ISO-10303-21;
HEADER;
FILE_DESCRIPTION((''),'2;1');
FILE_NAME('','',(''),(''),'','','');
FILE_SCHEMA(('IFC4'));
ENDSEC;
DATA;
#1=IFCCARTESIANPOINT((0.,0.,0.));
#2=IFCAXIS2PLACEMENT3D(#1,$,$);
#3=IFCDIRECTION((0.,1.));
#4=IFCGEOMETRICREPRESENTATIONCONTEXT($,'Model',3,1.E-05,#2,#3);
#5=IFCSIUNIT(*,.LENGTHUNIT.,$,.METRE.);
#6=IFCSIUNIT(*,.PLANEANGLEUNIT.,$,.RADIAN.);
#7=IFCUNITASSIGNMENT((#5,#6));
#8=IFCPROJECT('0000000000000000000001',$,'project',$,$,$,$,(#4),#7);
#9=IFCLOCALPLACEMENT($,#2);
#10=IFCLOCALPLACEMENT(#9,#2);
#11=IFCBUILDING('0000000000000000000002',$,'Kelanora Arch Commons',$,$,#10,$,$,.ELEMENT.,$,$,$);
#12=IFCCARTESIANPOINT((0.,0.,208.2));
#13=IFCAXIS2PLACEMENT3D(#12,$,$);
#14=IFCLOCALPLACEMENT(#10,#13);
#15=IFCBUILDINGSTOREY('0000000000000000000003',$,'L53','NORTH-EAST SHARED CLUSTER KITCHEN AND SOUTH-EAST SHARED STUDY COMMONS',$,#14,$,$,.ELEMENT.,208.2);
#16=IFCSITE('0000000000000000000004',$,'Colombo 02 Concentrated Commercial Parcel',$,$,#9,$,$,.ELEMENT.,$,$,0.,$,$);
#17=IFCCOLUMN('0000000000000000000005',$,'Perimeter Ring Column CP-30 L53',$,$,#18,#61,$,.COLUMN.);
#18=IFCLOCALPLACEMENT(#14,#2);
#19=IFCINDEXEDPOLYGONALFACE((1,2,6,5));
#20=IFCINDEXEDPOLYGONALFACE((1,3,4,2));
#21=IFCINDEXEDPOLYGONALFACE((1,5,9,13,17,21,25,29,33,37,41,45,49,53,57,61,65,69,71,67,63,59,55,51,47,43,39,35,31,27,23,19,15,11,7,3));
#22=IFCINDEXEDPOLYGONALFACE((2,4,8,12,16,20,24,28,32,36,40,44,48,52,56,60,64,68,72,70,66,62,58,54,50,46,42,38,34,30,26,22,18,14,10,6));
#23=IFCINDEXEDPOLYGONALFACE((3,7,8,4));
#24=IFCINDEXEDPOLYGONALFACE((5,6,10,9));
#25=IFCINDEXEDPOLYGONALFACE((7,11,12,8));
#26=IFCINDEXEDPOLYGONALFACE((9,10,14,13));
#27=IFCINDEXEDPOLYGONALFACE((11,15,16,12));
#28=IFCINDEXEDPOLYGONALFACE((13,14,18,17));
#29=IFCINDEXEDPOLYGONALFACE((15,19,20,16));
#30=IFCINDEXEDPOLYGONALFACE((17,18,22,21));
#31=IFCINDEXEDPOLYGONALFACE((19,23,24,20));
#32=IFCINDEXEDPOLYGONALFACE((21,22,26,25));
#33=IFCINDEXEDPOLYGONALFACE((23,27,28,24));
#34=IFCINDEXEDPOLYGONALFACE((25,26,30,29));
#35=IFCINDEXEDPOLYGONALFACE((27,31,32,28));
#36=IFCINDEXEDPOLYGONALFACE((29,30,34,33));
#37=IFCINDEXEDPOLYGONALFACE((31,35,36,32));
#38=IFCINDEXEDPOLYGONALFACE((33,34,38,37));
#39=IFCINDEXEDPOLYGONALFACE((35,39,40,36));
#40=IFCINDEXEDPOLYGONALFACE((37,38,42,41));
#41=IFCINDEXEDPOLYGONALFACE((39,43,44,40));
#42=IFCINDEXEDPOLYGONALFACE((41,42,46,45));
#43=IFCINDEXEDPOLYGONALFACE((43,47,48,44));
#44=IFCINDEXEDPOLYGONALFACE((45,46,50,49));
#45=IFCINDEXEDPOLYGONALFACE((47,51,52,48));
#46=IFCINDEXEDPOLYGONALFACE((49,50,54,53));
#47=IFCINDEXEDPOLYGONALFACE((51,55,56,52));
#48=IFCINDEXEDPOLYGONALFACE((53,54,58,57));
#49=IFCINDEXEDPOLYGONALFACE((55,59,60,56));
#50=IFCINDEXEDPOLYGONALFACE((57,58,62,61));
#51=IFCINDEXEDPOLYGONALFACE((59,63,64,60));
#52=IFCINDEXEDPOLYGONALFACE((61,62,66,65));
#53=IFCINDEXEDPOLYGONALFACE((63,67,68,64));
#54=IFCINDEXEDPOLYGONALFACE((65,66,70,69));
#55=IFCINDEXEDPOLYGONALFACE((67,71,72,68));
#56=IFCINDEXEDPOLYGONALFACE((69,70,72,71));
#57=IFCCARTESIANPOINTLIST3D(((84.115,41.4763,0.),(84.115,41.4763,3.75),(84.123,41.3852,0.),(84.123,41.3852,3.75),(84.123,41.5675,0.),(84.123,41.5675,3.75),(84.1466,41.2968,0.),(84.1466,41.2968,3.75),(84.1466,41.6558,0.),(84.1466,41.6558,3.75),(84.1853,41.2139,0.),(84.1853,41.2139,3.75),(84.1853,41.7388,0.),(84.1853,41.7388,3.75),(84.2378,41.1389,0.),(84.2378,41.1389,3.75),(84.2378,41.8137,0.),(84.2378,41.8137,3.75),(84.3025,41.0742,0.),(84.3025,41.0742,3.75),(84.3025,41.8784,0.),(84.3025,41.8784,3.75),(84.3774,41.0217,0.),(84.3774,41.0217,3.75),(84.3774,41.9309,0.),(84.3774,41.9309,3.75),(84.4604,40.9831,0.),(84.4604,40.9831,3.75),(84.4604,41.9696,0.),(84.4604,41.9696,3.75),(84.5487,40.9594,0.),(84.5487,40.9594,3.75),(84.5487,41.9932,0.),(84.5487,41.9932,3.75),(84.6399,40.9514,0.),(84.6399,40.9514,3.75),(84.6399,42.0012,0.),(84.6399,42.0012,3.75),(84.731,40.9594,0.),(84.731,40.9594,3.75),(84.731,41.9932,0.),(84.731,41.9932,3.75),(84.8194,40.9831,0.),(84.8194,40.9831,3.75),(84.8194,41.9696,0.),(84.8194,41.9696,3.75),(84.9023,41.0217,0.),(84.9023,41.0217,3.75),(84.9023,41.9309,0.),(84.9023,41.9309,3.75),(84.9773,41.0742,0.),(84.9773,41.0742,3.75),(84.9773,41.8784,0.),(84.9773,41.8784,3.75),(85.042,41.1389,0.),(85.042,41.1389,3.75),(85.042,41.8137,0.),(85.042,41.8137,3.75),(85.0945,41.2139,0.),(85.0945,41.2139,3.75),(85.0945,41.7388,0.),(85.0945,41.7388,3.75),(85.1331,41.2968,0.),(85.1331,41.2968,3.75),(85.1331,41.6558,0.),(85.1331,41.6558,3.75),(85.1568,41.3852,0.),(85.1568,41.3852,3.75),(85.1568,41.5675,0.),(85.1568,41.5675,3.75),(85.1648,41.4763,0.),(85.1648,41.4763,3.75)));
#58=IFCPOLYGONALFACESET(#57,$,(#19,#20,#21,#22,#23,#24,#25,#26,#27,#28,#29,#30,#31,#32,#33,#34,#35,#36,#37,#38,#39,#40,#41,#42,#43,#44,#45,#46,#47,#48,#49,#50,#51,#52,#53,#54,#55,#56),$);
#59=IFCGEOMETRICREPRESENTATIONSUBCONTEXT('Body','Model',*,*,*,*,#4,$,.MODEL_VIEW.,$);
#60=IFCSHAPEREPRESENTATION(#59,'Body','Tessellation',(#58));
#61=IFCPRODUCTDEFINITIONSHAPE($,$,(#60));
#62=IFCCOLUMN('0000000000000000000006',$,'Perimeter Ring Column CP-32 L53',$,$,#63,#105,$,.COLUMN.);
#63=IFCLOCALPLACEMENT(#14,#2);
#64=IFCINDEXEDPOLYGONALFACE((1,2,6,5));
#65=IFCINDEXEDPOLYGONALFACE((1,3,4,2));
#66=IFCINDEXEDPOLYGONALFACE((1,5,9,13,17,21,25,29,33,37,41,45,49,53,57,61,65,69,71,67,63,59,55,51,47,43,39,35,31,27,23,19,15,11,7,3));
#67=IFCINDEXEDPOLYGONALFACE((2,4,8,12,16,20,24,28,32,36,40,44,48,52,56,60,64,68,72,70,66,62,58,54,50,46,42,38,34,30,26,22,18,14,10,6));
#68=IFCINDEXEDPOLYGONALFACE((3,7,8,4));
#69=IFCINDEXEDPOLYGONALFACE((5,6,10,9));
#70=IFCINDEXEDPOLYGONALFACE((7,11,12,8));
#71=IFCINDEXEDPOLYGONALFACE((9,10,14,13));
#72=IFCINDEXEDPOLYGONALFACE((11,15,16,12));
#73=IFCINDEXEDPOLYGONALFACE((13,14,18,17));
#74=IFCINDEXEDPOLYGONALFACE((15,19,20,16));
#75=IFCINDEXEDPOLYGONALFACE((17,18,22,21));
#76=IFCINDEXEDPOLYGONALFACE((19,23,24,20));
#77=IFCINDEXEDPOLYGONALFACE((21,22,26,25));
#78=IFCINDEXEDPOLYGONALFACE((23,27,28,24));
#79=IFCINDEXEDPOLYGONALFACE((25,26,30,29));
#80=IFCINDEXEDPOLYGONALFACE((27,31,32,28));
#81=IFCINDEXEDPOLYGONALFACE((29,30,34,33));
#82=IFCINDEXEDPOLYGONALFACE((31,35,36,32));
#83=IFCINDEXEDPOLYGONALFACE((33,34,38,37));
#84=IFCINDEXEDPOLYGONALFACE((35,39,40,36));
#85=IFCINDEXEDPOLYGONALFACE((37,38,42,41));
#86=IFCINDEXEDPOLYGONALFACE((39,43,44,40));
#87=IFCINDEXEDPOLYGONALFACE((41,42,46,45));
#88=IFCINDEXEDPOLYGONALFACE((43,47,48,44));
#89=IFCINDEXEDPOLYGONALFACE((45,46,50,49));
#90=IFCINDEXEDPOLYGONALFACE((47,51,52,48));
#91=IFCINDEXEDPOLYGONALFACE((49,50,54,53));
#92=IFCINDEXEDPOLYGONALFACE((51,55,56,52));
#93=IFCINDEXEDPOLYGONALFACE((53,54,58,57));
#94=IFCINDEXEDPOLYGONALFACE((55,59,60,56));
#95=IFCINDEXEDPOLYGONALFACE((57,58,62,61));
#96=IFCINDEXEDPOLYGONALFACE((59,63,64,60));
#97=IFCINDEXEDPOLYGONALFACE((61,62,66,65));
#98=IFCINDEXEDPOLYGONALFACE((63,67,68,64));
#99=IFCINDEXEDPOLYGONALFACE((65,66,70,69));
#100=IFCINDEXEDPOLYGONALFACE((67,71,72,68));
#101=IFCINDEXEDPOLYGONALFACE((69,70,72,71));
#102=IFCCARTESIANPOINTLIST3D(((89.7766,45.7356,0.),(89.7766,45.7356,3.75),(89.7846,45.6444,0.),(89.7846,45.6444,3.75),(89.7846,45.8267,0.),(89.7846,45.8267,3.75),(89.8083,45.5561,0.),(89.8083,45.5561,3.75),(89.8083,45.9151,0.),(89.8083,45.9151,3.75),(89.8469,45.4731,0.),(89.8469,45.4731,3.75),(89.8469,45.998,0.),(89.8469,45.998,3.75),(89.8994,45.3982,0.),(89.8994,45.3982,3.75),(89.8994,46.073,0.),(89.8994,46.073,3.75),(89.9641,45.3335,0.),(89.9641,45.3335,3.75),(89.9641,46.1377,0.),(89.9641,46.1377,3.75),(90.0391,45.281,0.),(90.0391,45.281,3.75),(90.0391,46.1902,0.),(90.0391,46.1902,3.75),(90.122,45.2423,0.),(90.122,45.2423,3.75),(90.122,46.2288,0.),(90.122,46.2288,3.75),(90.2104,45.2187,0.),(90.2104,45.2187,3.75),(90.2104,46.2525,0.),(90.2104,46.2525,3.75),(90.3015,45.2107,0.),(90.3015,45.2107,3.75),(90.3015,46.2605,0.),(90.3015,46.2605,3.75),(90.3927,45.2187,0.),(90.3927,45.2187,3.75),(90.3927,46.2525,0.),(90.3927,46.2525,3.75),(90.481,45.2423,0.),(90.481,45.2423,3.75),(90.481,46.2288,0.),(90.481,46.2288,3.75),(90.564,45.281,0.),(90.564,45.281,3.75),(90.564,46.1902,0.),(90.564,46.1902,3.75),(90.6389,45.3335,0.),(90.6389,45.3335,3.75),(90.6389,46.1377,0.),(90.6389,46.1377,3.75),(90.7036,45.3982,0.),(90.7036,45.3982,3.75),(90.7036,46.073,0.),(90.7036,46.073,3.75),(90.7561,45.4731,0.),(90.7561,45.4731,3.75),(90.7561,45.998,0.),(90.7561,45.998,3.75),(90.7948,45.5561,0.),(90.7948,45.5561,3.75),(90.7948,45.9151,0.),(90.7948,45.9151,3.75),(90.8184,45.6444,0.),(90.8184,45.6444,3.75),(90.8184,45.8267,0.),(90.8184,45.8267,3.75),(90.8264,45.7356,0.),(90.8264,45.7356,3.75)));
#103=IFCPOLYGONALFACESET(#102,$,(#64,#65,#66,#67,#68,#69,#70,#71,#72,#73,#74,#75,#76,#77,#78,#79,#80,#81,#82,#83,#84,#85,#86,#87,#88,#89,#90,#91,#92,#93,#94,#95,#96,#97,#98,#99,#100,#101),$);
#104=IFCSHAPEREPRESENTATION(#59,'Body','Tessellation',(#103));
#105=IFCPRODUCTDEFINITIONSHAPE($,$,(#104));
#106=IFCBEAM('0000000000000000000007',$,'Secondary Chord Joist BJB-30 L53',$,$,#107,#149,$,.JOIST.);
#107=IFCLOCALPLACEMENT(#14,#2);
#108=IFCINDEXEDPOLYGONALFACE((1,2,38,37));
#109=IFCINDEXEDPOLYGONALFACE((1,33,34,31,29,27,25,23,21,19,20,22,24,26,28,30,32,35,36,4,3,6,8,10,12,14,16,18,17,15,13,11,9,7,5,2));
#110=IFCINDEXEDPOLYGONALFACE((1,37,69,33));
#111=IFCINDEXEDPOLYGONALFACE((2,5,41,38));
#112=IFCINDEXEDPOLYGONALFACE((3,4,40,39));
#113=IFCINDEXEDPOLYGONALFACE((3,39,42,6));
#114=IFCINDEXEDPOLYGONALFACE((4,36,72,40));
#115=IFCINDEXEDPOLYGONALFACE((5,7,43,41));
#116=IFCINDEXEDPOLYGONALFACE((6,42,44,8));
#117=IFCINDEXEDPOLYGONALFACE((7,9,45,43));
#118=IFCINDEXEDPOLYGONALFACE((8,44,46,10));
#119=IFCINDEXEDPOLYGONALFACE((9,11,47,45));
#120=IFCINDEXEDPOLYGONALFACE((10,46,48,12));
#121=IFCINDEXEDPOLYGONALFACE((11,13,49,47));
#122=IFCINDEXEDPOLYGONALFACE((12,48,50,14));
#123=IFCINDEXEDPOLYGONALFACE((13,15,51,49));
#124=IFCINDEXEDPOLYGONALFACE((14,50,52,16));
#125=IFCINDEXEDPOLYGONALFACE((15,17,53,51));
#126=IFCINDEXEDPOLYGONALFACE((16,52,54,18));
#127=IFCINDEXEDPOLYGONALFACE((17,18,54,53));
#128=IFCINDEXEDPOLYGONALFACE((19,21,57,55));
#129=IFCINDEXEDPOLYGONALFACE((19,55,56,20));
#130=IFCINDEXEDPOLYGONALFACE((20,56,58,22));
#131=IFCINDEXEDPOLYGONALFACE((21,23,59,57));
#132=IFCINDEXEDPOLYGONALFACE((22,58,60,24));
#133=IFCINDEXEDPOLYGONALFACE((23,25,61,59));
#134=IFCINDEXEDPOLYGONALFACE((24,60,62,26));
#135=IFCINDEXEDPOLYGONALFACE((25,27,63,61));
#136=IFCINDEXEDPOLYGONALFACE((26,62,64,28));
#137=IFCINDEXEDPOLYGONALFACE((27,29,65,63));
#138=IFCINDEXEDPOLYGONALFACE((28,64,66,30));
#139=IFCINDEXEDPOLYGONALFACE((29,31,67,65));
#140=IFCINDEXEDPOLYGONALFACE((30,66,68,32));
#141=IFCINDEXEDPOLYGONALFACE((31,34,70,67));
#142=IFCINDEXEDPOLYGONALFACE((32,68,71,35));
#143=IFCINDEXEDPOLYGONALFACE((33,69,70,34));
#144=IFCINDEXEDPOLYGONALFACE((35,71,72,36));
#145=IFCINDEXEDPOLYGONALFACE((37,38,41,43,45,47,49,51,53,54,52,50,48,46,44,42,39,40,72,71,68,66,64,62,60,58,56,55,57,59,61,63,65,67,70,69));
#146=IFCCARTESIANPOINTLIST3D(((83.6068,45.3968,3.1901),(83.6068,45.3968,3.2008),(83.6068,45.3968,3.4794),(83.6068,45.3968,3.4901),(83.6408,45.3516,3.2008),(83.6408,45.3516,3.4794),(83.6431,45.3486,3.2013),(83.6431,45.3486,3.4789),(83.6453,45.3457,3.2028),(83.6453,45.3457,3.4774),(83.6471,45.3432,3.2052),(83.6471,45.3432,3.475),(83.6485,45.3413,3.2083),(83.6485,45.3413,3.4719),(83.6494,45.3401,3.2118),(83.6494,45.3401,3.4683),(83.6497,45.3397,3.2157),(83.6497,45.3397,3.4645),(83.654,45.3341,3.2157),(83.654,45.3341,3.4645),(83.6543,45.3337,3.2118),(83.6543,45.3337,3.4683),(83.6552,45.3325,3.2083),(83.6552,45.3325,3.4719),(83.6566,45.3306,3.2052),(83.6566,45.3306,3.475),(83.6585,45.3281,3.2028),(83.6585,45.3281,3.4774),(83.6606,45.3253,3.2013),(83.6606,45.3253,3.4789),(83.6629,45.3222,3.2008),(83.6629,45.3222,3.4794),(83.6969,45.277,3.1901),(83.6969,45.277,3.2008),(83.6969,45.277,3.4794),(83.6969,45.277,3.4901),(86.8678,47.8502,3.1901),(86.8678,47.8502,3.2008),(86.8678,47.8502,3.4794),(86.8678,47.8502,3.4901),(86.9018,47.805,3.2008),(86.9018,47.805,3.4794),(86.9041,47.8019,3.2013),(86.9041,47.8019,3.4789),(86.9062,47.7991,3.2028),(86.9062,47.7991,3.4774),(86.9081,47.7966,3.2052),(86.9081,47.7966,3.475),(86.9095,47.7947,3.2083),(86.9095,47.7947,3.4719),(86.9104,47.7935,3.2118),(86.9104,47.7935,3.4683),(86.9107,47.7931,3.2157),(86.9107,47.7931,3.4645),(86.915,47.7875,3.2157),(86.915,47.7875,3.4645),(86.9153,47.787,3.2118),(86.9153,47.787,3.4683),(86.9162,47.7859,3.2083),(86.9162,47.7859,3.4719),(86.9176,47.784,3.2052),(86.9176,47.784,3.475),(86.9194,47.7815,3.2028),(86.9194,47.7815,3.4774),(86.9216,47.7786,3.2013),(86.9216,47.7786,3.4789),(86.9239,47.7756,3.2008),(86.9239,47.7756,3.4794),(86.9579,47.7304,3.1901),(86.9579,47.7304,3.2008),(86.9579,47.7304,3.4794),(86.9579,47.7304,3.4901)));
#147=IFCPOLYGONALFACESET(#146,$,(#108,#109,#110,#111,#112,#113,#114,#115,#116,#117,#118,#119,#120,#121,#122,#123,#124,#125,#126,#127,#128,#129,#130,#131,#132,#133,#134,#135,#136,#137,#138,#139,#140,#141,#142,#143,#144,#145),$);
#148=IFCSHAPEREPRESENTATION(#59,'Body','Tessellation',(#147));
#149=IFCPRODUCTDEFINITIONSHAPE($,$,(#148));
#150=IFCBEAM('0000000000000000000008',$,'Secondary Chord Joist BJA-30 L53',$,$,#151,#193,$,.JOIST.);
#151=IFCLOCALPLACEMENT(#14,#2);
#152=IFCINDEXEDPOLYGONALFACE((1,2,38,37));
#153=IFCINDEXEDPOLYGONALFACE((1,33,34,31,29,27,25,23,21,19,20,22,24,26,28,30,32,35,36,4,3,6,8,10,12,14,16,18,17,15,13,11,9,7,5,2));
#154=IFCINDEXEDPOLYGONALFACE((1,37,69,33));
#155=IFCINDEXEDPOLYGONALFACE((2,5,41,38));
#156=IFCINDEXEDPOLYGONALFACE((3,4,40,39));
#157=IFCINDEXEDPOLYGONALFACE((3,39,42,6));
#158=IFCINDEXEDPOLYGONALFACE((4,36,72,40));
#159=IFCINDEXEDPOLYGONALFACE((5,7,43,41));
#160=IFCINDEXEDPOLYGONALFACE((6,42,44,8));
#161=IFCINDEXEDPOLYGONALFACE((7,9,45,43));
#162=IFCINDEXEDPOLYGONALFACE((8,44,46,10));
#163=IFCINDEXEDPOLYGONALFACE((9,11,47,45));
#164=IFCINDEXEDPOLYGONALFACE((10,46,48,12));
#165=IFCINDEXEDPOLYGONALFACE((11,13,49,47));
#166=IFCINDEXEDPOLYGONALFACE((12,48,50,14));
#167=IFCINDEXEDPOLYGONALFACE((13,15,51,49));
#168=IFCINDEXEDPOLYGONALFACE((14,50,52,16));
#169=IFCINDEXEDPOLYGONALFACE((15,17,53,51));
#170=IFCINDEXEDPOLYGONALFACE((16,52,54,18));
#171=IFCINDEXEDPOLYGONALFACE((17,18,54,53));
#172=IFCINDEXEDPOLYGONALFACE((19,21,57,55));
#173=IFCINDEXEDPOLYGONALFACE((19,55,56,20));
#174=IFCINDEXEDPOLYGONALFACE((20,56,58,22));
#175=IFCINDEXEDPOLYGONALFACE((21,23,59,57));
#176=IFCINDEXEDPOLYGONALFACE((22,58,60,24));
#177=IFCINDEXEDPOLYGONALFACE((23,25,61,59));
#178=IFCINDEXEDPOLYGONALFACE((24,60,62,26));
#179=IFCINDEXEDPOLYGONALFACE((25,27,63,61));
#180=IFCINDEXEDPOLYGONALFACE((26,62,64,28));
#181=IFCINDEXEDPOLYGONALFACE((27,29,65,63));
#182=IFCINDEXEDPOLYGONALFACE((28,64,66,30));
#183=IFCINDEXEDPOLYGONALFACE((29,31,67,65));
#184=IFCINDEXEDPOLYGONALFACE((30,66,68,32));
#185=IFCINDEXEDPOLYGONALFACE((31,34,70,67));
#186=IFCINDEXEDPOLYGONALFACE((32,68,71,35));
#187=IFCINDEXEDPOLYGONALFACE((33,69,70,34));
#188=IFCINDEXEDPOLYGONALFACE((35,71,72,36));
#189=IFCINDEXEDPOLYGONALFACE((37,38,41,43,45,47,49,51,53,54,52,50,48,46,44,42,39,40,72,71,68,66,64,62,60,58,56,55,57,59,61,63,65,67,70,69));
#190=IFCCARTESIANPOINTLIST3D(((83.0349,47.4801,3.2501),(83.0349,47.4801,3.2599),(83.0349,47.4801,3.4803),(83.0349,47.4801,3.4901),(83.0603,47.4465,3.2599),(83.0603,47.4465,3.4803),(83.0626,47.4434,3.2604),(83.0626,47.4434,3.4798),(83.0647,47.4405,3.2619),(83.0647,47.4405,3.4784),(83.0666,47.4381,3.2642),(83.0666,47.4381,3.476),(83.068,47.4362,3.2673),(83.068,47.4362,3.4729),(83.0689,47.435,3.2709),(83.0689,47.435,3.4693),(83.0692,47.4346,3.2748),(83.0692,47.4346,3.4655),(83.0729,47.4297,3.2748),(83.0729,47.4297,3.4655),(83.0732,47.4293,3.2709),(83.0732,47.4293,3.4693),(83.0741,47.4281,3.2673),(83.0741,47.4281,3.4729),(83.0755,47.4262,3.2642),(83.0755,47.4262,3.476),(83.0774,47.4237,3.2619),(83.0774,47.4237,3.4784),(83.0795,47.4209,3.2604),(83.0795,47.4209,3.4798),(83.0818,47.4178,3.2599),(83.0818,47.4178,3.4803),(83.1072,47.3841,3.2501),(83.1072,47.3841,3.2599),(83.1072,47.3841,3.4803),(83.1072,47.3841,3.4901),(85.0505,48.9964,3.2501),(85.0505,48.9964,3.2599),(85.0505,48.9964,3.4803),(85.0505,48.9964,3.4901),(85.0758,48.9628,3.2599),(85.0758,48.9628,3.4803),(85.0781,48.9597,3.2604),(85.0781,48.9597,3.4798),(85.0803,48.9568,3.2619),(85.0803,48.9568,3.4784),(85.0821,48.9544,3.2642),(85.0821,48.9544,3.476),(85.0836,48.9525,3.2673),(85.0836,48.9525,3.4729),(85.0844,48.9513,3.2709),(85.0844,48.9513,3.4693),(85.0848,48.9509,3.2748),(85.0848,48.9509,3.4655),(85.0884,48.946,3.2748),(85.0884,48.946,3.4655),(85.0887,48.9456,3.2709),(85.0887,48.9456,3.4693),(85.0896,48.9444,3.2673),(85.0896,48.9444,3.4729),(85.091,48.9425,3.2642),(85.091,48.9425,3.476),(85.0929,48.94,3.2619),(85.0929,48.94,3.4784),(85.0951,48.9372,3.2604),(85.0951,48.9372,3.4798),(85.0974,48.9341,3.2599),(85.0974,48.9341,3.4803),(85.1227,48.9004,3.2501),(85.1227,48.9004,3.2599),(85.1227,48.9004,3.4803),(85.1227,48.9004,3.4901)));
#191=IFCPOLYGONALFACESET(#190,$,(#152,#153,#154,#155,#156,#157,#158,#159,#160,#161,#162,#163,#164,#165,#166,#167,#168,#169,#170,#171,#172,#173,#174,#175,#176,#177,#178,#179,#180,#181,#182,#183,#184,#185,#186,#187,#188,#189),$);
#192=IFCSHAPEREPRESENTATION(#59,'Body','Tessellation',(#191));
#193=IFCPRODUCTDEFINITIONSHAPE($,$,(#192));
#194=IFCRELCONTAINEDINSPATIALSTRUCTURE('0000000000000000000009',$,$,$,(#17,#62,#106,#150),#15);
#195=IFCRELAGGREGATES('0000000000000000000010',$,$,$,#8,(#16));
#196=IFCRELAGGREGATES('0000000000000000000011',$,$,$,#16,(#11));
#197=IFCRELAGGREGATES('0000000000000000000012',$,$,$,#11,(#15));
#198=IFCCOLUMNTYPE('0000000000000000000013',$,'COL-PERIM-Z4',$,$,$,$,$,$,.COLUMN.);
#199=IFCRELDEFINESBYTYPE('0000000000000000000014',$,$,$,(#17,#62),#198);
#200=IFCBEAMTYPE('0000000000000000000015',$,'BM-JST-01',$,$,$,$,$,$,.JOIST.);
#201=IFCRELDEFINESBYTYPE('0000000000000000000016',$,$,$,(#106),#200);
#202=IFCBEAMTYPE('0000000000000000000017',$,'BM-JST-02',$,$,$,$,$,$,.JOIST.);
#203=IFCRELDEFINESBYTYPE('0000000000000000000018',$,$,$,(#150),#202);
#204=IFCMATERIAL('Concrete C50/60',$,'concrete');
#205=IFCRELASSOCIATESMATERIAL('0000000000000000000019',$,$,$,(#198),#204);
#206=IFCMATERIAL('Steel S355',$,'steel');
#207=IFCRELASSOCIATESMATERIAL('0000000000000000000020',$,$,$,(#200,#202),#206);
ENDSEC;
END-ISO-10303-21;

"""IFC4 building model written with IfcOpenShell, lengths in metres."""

from ifc_helpers import new_model, si_unit, direction, frame, origin, origin_2d, place, context, subcontext, project, spatial, circle, i_section, extrude, material, material_profile, profile_set, type_object, element, save


model = new_model("IFC4")

# Units and contexts
model_context = context("Model", 3, precision=1e-05, world=origin(), true_north=direction((0.0, 1.0)))
body_context = subcontext(model_context, "Body", "Model", "MODEL_VIEW")
ifc_project = project(units=[si_unit("LENGTHUNIT", "METRE"), si_unit("PLANEANGLEUNIT", "RADIAN")], contexts=[model_context])

# Site, building, storey
site_placement = place(None, origin())
site = spatial("IfcSite", under=ifc_project, at=site_placement, Name="Colombo 02 Concentrated Commercial Parcel", CompositionType="ELEMENT", RefElevation=0.0)
building_placement = place(site_placement, origin())
building = spatial("IfcBuilding", under=site, at=building_placement, Name="Kelanora Arch Commons", CompositionType="ELEMENT")
storey_placement = place(building_placement, frame((0.0, 0.0, 208.2)))
storey = spatial("IfcBuildingStorey", under=building, at=storey_placement, Name="L53", Description="NORTH-EAST SHARED CLUSTER KITCHEN AND SOUTH-EAST SHARED STUDY COMMONS", CompositionType="ELEMENT", Elevation=208.2)

# Columns
ifc_material_1 = material(Name="Concrete C50/60", Category="concrete")
ifc_material_profile_1 = material_profile(ifc_material_1, circle(Radius=0.5249, at=origin_2d()), Name="RCC1050")
ifc_profile_set_1 = profile_set([ifc_material_profile_1], Name="Concrete C50/60")
column_type = type_object("IfcColumnType", Name="COL-PERIM-Z4", PredefinedType="COLUMN", material=ifc_profile_set_1)
for number, where, z_axis, x_axis, name in (
    (1, (84.6399, 41.4763, 0.0), (0.0, 0.0, 1.0), (1.0, 0.0, 0.0), "Perimeter Ring Column CP-30 L53"),
    (2, (90.3015, 45.7356, 0.0), (0.0, 0.0, 1.0), (1.0, 0.0, 0.0), "Perimeter Ring Column CP-32 L53"),
):
    element("IfcColumn", number, at=place(storey_placement, frame(where, z_axis=z_axis, x_axis=x_axis)), inside=storey, type_object=column_type, Name=name, PredefinedType="COLUMN", context=body_context, shape_type="SweptSolid", body=[
        extrude(circle(Radius=0.5249, at=origin_2d()), origin(), (0.0, 0.0, 1.0), 3.75),
    ])

# Beams
ifc_material_2 = material(Name="Steel S355", Category="steel")
ifc_material_profile_2 = material_profile(ifc_material_2, i_section(OverallWidth=0.1499, OverallDepth=0.3, WebThickness=0.0071, FlangeThickness=0.0107, FilletRadius=0.0149, at=origin_2d()), Name="IPE300")
ifc_profile_set_2 = profile_set([ifc_material_profile_2], Name="Steel S355")
beam_type_1 = type_object("IfcBeamType", Name="BM-JST-01", PredefinedType="JOIST", material=ifc_profile_set_2)
beam_1_placement = place(storey_placement, frame((83.6519, 45.3369, 3.3401), z_axis=(0.799102, 0.601196, 0.0), x_axis=(-0.601196, 0.799102, 0.0)))
element("IfcBeam", 3, at=beam_1_placement, inside=storey, type_object=beam_type_1, Name="Secondary Chord Joist BJB-30 L53", PredefinedType="JOIST", context=body_context, shape_type="SweptSolid", body=[
    extrude(i_section(OverallWidth=0.1499, OverallDepth=0.3, WebThickness=0.0071, FlangeThickness=0.0107, FilletRadius=0.0149, at=origin_2d()), origin(), (0.0, 0.0, 1.0), 4.0808),
])
ifc_material_profile_3 = material_profile(ifc_material_2, i_section(OverallWidth=0.1201, OverallDepth=0.24, WebThickness=0.0061, FlangeThickness=0.0098, FilletRadius=0.0149, at=origin_2d()), Name="IPE240")
ifc_profile_set_3 = profile_set([ifc_material_profile_3], Name="Steel S355")
beam_type_2 = type_object("IfcBeamType", Name="BM-JST-02", PredefinedType="JOIST", material=ifc_profile_set_3)
beam_2_placement = place(storey_placement, frame((83.071, 47.4321, 3.3701), z_axis=(0.799116, 0.601176, 0.0), x_axis=(-0.601176, 0.799116, 0.0)))
element("IfcBeam", 4, at=beam_2_placement, inside=storey, type_object=beam_type_2, Name="Secondary Chord Joist BJA-30 L53", PredefinedType="JOIST", context=body_context, shape_type="SweptSolid", body=[
    extrude(i_section(OverallWidth=0.1201, OverallDepth=0.24, WebThickness=0.0061, FlangeThickness=0.0098, FilletRadius=0.0149, at=origin_2d()), origin(), (0.0, 0.0, 1.0), 2.5222),
])

save(model, "model.ifc")
